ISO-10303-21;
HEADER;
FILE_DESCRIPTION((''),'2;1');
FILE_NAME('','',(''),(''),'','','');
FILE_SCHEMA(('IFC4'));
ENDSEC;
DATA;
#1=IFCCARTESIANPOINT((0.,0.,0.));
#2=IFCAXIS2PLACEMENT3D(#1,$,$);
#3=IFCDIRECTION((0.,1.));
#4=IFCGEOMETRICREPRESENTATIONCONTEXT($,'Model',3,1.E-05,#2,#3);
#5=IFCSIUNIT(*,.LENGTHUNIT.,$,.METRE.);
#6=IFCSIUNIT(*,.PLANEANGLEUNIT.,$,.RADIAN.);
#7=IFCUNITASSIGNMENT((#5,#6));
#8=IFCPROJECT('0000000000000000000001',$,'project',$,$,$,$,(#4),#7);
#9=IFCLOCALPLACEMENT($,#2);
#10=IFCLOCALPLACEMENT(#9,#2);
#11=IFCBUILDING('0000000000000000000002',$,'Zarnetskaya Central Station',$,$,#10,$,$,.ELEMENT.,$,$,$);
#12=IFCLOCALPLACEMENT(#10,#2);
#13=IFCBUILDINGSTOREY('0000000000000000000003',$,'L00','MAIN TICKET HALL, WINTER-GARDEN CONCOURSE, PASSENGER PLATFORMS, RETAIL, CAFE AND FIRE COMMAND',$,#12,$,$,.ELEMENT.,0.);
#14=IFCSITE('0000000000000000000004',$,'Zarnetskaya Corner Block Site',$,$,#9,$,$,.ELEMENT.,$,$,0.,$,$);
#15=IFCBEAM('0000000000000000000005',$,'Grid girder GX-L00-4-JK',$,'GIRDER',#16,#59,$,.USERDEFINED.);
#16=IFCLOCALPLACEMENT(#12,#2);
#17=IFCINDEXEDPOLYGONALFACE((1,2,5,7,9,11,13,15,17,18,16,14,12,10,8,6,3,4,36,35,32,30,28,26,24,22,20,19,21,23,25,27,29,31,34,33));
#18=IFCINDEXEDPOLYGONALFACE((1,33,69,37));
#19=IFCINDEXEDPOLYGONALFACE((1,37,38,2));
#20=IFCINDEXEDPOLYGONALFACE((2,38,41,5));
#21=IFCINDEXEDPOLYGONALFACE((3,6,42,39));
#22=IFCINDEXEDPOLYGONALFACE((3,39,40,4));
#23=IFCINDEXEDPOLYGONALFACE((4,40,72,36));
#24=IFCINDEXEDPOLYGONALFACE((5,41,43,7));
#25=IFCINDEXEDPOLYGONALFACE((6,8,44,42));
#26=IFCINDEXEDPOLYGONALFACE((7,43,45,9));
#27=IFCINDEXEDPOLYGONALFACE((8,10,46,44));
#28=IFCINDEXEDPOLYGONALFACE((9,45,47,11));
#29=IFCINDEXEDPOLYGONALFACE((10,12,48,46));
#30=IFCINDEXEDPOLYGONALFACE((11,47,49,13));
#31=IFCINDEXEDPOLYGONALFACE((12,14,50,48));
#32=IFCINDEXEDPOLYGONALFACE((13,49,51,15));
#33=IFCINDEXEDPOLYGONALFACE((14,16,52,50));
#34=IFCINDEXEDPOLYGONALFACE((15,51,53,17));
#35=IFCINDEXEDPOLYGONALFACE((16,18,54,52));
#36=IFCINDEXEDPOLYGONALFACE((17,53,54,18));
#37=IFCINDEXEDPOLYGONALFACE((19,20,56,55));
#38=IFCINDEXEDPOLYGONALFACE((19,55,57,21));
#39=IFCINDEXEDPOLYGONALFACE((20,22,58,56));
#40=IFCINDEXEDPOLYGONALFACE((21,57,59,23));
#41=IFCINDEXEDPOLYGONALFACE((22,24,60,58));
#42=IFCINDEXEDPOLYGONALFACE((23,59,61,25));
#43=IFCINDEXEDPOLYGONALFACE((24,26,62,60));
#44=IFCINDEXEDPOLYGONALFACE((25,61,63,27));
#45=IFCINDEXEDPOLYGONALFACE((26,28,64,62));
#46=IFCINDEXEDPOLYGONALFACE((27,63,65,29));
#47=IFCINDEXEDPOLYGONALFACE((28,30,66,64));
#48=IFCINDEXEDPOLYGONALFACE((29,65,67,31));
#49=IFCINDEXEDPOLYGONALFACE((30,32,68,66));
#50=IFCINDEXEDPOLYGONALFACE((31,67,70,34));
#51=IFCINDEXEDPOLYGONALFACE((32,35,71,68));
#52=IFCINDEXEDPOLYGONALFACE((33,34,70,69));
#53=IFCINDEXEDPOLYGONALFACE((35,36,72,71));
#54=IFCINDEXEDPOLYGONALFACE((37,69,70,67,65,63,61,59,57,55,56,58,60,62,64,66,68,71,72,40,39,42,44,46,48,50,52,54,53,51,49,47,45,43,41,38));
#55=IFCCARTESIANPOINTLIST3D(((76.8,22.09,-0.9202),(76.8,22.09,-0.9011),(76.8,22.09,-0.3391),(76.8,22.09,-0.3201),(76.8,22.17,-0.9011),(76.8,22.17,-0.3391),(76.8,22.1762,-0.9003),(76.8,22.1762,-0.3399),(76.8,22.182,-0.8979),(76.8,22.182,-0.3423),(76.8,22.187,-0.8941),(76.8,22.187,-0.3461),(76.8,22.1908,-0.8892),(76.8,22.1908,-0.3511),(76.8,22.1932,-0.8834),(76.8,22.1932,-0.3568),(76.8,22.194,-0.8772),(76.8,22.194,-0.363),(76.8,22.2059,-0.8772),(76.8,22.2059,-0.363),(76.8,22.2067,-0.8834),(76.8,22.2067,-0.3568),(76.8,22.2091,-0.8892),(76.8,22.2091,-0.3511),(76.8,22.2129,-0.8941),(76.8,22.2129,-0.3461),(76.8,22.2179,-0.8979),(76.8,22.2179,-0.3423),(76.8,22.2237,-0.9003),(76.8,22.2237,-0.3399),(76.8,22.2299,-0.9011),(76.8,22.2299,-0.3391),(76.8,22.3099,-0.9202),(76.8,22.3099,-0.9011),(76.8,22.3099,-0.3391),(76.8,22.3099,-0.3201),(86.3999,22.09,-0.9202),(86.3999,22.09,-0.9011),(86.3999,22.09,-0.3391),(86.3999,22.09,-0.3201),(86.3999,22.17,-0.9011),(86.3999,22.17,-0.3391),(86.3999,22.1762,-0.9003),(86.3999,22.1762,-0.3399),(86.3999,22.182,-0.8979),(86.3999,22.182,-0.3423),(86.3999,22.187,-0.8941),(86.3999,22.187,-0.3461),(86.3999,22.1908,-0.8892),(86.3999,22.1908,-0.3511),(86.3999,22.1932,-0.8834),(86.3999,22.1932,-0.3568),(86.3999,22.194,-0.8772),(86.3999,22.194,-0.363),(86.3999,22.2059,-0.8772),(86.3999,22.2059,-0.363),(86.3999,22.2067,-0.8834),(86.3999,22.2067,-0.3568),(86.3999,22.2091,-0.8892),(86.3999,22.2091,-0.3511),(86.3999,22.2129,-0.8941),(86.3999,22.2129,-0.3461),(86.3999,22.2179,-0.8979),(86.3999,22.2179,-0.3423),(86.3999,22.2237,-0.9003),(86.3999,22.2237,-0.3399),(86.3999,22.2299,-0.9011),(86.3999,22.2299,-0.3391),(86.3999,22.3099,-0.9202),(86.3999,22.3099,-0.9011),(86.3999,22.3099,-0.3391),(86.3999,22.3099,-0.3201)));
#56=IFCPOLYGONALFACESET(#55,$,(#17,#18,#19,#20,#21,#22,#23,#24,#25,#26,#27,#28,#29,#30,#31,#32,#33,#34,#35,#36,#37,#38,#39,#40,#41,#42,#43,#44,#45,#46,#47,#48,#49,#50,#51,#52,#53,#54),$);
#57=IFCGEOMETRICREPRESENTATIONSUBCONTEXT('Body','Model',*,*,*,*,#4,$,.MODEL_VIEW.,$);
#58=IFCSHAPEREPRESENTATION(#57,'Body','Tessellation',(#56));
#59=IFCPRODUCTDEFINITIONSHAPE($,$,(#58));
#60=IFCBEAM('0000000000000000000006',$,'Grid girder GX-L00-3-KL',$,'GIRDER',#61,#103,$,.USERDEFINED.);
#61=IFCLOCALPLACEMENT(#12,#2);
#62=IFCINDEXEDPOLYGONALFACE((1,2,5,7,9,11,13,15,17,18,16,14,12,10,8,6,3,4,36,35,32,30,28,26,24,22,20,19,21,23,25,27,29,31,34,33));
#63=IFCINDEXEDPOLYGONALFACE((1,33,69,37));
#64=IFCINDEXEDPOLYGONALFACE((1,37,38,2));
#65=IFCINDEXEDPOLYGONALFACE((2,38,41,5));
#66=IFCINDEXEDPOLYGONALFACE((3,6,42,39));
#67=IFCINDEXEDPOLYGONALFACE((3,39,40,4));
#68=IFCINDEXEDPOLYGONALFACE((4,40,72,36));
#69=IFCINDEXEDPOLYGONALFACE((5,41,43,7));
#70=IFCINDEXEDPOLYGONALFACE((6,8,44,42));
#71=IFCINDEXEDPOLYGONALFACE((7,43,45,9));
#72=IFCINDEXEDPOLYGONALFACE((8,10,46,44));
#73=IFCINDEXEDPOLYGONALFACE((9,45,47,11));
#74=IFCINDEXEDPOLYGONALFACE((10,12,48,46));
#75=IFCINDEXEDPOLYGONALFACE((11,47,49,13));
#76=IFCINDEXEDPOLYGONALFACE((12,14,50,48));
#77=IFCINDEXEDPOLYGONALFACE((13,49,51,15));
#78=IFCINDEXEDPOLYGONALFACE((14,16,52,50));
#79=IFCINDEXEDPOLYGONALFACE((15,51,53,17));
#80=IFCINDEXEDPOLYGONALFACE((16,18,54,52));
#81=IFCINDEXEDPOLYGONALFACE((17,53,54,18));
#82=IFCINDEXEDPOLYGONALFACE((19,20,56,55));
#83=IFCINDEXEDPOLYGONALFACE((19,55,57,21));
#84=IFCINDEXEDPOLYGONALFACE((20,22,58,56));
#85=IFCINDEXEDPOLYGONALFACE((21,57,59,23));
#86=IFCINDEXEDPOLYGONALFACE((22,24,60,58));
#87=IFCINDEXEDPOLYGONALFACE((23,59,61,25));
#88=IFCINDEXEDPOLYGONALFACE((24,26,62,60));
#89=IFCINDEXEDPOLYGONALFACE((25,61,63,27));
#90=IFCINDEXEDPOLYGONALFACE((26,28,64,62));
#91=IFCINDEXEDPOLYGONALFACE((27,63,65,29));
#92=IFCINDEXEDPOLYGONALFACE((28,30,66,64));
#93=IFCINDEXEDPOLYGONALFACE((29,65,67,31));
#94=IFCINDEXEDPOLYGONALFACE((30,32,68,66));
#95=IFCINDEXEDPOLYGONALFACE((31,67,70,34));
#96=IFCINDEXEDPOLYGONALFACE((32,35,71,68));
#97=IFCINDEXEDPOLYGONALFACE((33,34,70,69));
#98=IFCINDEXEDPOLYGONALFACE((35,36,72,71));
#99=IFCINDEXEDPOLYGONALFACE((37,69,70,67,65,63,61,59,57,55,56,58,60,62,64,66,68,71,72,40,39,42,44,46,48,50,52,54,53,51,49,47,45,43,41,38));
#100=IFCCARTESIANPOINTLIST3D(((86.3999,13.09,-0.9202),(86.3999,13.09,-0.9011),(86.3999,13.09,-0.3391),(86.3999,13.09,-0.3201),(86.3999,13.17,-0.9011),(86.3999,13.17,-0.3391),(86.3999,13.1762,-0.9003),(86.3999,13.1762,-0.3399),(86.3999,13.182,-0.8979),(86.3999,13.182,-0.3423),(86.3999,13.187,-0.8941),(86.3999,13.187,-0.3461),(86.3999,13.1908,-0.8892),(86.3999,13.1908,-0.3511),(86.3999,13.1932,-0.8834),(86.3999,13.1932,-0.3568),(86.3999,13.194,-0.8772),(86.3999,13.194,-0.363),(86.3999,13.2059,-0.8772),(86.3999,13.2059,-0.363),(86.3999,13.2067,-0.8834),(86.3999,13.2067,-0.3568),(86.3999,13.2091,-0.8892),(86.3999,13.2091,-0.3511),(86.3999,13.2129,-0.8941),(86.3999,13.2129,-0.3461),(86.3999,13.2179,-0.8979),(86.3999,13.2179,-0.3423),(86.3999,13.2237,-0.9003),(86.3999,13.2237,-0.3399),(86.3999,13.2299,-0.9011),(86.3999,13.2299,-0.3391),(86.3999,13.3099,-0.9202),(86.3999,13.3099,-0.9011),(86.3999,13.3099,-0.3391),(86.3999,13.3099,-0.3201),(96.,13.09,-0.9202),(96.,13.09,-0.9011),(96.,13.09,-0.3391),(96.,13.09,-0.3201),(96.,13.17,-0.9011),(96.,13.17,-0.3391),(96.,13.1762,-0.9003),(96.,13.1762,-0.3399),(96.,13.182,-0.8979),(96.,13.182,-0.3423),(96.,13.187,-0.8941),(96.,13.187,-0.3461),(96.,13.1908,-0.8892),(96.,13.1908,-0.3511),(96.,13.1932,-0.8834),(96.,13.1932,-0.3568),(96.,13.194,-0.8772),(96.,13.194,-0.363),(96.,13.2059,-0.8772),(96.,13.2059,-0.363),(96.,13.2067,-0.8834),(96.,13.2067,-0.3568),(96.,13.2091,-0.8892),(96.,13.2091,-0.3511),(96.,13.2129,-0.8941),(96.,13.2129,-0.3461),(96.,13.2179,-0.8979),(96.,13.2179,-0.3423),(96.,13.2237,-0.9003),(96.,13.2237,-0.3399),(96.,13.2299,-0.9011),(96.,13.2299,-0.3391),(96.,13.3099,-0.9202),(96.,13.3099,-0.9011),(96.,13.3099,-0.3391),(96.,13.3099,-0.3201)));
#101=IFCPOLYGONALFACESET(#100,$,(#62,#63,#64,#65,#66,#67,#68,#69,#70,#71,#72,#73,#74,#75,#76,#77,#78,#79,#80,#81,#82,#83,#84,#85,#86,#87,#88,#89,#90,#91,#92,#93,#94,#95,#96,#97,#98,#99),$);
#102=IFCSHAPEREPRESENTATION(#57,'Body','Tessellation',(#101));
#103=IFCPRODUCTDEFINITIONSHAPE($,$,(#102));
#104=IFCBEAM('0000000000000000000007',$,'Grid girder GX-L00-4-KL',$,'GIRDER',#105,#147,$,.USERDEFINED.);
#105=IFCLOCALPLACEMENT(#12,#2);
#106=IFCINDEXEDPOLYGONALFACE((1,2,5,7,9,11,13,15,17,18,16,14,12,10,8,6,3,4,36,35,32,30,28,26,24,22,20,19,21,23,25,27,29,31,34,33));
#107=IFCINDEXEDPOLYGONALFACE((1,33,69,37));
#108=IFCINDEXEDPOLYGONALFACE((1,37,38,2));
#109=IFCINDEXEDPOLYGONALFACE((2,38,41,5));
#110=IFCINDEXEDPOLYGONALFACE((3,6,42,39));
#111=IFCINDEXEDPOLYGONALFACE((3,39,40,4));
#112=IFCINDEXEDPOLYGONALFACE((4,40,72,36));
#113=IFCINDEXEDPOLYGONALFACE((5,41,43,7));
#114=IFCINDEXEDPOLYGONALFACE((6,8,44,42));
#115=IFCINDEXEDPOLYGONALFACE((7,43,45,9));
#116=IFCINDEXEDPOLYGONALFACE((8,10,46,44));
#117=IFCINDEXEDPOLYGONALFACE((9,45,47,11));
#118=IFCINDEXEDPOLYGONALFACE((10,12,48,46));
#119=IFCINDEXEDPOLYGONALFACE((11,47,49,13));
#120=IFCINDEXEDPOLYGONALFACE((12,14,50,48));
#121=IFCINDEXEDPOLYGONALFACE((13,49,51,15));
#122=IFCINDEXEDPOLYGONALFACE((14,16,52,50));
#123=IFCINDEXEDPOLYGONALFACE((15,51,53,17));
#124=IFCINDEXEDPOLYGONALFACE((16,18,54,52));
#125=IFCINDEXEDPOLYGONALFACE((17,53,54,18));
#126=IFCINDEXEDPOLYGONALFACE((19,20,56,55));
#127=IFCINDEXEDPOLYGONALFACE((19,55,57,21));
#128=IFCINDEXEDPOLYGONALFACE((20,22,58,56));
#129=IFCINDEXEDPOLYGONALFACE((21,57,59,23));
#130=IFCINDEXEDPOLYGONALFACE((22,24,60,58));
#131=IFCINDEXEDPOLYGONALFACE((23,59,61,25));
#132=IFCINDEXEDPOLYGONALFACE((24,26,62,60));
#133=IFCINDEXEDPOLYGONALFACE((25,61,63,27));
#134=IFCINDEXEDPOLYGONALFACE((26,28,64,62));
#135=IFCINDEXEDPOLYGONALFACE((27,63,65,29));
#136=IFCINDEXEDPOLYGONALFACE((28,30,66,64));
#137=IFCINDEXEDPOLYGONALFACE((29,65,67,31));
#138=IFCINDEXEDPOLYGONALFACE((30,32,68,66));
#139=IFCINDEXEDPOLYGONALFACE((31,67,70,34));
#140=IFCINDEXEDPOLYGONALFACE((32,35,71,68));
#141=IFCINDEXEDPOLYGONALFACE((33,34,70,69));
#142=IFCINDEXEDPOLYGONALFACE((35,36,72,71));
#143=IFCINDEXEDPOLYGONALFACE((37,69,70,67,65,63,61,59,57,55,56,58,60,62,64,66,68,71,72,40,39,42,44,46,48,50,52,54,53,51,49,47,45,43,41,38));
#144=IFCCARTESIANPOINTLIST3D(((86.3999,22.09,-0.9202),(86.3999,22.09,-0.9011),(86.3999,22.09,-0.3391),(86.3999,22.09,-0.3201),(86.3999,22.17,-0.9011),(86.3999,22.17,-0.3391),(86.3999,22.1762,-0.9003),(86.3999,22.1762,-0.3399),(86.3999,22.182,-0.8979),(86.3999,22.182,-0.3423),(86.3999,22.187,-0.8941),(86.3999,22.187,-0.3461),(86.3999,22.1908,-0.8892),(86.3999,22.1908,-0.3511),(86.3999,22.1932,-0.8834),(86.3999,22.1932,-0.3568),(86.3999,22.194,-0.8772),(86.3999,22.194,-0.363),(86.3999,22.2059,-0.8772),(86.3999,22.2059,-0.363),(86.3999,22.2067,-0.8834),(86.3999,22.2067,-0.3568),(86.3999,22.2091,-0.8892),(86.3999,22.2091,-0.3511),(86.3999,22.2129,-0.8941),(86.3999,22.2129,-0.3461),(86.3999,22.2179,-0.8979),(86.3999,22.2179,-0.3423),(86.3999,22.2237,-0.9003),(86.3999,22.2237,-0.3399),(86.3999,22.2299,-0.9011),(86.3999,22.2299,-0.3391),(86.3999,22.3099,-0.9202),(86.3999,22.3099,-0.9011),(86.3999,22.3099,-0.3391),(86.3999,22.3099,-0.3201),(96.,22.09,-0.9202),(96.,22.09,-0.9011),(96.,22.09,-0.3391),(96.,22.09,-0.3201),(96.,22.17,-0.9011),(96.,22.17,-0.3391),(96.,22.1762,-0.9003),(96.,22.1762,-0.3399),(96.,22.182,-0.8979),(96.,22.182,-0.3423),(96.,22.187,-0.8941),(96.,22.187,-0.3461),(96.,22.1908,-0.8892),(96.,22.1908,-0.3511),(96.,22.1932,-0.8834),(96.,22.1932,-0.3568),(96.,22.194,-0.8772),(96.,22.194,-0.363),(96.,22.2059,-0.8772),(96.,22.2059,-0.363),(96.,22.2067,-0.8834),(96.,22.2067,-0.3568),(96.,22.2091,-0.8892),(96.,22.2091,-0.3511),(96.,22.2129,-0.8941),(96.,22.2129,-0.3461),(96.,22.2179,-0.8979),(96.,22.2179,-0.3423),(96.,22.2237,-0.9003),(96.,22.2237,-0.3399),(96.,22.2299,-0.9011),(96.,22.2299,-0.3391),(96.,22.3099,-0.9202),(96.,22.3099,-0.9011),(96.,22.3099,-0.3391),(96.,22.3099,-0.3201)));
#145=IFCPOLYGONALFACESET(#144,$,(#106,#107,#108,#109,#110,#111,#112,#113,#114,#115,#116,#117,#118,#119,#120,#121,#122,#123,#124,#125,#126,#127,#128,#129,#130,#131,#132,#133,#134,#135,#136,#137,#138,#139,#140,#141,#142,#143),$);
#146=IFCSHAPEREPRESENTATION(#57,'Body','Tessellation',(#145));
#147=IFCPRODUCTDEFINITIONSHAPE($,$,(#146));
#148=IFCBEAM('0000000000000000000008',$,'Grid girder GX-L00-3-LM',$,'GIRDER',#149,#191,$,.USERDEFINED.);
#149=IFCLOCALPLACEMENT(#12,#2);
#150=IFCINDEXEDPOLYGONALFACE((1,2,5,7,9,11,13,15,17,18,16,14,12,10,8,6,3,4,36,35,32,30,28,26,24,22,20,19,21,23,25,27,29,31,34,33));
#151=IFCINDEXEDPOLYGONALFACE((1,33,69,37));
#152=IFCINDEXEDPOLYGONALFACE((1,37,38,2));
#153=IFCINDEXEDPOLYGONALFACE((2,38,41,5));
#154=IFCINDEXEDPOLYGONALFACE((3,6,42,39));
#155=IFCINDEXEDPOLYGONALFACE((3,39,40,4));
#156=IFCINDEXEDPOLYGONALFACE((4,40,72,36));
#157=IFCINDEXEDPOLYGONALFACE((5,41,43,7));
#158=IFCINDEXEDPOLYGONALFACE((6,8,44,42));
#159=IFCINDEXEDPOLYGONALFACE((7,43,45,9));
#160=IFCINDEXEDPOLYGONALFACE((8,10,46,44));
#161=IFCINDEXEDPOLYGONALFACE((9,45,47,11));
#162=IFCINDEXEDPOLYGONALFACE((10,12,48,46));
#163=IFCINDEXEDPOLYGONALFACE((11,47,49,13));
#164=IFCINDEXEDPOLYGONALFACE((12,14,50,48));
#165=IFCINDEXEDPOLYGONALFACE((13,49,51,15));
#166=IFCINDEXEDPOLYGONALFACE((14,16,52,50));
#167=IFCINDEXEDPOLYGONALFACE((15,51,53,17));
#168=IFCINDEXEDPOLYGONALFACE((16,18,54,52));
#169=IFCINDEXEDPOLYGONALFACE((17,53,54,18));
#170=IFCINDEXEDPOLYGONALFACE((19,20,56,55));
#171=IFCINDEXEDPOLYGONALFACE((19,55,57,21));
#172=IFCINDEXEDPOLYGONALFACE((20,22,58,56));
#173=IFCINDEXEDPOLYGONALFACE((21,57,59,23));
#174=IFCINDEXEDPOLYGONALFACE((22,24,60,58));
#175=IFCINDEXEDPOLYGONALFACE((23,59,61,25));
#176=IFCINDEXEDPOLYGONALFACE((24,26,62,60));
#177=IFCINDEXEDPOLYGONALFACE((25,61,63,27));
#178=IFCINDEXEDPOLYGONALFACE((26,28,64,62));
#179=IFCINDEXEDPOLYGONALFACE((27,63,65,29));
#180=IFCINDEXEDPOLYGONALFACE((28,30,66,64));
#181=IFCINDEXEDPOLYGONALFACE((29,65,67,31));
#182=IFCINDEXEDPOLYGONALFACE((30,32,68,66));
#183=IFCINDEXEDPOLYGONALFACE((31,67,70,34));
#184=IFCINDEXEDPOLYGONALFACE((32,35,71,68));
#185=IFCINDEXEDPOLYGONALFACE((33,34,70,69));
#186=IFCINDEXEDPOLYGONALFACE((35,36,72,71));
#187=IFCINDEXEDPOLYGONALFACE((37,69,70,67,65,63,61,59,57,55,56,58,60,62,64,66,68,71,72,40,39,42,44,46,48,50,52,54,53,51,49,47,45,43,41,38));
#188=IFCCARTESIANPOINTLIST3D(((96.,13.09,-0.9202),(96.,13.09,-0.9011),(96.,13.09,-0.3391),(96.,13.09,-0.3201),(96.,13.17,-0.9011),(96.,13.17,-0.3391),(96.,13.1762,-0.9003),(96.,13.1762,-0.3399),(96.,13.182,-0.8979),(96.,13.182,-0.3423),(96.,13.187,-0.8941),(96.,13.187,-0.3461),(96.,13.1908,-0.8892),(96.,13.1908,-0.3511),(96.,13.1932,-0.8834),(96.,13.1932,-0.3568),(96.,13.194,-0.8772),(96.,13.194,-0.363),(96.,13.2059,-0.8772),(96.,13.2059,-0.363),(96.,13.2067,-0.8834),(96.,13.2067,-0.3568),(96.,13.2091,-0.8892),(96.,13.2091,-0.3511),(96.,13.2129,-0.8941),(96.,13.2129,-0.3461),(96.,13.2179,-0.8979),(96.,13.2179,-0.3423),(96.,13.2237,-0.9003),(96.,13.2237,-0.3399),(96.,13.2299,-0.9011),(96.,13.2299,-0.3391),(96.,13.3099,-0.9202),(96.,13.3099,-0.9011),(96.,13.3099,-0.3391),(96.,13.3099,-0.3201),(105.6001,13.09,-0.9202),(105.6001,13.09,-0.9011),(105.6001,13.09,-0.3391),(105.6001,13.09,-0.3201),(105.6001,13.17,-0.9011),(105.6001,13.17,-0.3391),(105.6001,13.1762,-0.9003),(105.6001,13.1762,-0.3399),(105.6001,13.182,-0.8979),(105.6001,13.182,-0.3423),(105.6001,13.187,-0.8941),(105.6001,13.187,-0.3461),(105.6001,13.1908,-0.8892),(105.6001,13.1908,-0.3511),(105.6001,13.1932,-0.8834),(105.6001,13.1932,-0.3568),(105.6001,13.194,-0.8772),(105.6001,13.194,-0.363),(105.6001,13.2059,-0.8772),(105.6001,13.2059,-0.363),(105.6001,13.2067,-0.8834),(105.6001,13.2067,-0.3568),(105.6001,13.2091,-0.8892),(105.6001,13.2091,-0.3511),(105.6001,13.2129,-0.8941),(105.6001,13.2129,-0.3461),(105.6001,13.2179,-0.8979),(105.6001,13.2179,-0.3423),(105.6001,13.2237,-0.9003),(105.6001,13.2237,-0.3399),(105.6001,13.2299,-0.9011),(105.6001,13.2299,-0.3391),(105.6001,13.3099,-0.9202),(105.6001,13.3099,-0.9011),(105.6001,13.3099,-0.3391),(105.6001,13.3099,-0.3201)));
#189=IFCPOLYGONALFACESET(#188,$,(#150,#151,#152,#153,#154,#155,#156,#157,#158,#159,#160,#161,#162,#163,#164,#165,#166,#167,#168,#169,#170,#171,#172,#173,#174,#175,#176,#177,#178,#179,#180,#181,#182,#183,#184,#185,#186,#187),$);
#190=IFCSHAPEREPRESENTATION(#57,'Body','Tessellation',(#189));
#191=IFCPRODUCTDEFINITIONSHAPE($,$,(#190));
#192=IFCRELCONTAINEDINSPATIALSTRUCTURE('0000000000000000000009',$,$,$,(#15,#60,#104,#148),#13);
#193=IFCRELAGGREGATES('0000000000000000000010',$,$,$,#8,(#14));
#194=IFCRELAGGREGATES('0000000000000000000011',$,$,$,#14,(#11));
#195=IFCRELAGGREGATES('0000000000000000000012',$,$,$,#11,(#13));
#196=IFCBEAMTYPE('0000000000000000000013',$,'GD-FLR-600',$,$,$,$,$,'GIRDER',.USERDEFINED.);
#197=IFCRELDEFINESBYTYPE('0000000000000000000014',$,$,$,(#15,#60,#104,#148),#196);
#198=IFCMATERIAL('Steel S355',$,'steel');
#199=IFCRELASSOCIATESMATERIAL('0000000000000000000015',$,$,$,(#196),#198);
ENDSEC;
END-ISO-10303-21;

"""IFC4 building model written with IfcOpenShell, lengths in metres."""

from ifc_helpers import new_model, si_unit, direction, frame, origin, origin_2d, place, context, subcontext, project, spatial, i_section, extrude, material, material_profile, profile_set, type_object, element, save


model = new_model("IFC4")

# Units and contexts
model_context = context("Model", 3, precision=1e-05, world=origin(), true_north=direction((0.0, 1.0)))
body_context = subcontext(model_context, "Body", "Model", "MODEL_VIEW")
ifc_project = project(units=[si_unit("LENGTHUNIT", "METRE"), si_unit("PLANEANGLEUNIT", "RADIAN")], contexts=[model_context])

# Site, building, storey
site_placement = place(None, origin())
site = spatial("IfcSite", under=ifc_project, at=site_placement, Name="Zarnetskaya Corner Block Site", CompositionType="ELEMENT", RefElevation=0.0)
building_placement = place(site_placement, origin())
building = spatial("IfcBuilding", under=site, at=building_placement, Name="Zarnetskaya Central Station", CompositionType="ELEMENT")
storey_placement = place(building_placement, origin())
storey = spatial("IfcBuildingStorey", under=building, at=storey_placement, Name="L00", Description="MAIN TICKET HALL, WINTER-GARDEN CONCOURSE, PASSENGER PLATFORMS, RETAIL, CAFE AND FIRE COMMAND", CompositionType="ELEMENT", Elevation=0.0)

# Shared definitions
ifc_material_1 = material(Name="Steel S355", Category="steel")

# Beams
ifc_material_profile_1 = material_profile(ifc_material_1, i_section(OverallWidth=0.22, OverallDepth=0.6001, WebThickness=0.012, FlangeThickness=0.019, FilletRadius=0.0239, at=origin_2d()), Name="IPE 600")
ifc_profile_set_1 = profile_set([ifc_material_profile_1], Name="Steel S355")
beam_type_1 = type_object("IfcBeamType", Name="GD-FLR-600", ElementType="GIRDER", PredefinedType="USERDEFINED", material=ifc_profile_set_1)
beam_placement = place(storey_placement, frame((76.8, 22.2, -0.6201), z_axis=(1.0, 0.0, 0.0), x_axis=(0.0, 1.0, 0.0)))
element("IfcBeam", 1, at=beam_placement, inside=storey, type_object=beam_type_1, Name="Grid girder GX-L00-4-JK", ObjectType="GIRDER", PredefinedType="USERDEFINED", context=body_context, shape_type="SweptSolid", body=[
    extrude(i_section(OverallWidth=0.22, OverallDepth=0.6001, WebThickness=0.012, FlangeThickness=0.019, FilletRadius=0.0239, at=origin_2d()), origin(), (0.0, 0.0, 1.0), 9.5999),
])
for number, where, z_axis, x_axis, name in (
    (2, (86.3999, 13.2, -0.6201), (1.0, 0.0, 0.0), (0.0, 1.0, 0.0), "Grid girder GX-L00-3-KL"),
    (3, (86.3999, 22.2, -0.6201), (1.0, 0.0, 0.0), (0.0, 1.0, 0.0), "Grid girder GX-L00-4-KL"),
    (4, (96.0, 13.2, -0.6201), (1.0, 0.0, 0.0), (0.0, 1.0, 0.0), "Grid girder GX-L00-3-LM"),
):
    element("IfcBeam", number, at=place(storey_placement, frame(where, z_axis=z_axis, x_axis=x_axis)), inside=storey, type_object=beam_type_1, Name=name, ObjectType="GIRDER", PredefinedType="USERDEFINED", context=body_context, shape_type="SweptSolid", body=[
        extrude(i_section(OverallWidth=0.22, OverallDepth=0.6001, WebThickness=0.012, FlangeThickness=0.019, FilletRadius=0.0239, at=origin_2d()), origin(), (0.0, 0.0, 1.0), 9.6001),
    ])

save(model, "model.ifc")
